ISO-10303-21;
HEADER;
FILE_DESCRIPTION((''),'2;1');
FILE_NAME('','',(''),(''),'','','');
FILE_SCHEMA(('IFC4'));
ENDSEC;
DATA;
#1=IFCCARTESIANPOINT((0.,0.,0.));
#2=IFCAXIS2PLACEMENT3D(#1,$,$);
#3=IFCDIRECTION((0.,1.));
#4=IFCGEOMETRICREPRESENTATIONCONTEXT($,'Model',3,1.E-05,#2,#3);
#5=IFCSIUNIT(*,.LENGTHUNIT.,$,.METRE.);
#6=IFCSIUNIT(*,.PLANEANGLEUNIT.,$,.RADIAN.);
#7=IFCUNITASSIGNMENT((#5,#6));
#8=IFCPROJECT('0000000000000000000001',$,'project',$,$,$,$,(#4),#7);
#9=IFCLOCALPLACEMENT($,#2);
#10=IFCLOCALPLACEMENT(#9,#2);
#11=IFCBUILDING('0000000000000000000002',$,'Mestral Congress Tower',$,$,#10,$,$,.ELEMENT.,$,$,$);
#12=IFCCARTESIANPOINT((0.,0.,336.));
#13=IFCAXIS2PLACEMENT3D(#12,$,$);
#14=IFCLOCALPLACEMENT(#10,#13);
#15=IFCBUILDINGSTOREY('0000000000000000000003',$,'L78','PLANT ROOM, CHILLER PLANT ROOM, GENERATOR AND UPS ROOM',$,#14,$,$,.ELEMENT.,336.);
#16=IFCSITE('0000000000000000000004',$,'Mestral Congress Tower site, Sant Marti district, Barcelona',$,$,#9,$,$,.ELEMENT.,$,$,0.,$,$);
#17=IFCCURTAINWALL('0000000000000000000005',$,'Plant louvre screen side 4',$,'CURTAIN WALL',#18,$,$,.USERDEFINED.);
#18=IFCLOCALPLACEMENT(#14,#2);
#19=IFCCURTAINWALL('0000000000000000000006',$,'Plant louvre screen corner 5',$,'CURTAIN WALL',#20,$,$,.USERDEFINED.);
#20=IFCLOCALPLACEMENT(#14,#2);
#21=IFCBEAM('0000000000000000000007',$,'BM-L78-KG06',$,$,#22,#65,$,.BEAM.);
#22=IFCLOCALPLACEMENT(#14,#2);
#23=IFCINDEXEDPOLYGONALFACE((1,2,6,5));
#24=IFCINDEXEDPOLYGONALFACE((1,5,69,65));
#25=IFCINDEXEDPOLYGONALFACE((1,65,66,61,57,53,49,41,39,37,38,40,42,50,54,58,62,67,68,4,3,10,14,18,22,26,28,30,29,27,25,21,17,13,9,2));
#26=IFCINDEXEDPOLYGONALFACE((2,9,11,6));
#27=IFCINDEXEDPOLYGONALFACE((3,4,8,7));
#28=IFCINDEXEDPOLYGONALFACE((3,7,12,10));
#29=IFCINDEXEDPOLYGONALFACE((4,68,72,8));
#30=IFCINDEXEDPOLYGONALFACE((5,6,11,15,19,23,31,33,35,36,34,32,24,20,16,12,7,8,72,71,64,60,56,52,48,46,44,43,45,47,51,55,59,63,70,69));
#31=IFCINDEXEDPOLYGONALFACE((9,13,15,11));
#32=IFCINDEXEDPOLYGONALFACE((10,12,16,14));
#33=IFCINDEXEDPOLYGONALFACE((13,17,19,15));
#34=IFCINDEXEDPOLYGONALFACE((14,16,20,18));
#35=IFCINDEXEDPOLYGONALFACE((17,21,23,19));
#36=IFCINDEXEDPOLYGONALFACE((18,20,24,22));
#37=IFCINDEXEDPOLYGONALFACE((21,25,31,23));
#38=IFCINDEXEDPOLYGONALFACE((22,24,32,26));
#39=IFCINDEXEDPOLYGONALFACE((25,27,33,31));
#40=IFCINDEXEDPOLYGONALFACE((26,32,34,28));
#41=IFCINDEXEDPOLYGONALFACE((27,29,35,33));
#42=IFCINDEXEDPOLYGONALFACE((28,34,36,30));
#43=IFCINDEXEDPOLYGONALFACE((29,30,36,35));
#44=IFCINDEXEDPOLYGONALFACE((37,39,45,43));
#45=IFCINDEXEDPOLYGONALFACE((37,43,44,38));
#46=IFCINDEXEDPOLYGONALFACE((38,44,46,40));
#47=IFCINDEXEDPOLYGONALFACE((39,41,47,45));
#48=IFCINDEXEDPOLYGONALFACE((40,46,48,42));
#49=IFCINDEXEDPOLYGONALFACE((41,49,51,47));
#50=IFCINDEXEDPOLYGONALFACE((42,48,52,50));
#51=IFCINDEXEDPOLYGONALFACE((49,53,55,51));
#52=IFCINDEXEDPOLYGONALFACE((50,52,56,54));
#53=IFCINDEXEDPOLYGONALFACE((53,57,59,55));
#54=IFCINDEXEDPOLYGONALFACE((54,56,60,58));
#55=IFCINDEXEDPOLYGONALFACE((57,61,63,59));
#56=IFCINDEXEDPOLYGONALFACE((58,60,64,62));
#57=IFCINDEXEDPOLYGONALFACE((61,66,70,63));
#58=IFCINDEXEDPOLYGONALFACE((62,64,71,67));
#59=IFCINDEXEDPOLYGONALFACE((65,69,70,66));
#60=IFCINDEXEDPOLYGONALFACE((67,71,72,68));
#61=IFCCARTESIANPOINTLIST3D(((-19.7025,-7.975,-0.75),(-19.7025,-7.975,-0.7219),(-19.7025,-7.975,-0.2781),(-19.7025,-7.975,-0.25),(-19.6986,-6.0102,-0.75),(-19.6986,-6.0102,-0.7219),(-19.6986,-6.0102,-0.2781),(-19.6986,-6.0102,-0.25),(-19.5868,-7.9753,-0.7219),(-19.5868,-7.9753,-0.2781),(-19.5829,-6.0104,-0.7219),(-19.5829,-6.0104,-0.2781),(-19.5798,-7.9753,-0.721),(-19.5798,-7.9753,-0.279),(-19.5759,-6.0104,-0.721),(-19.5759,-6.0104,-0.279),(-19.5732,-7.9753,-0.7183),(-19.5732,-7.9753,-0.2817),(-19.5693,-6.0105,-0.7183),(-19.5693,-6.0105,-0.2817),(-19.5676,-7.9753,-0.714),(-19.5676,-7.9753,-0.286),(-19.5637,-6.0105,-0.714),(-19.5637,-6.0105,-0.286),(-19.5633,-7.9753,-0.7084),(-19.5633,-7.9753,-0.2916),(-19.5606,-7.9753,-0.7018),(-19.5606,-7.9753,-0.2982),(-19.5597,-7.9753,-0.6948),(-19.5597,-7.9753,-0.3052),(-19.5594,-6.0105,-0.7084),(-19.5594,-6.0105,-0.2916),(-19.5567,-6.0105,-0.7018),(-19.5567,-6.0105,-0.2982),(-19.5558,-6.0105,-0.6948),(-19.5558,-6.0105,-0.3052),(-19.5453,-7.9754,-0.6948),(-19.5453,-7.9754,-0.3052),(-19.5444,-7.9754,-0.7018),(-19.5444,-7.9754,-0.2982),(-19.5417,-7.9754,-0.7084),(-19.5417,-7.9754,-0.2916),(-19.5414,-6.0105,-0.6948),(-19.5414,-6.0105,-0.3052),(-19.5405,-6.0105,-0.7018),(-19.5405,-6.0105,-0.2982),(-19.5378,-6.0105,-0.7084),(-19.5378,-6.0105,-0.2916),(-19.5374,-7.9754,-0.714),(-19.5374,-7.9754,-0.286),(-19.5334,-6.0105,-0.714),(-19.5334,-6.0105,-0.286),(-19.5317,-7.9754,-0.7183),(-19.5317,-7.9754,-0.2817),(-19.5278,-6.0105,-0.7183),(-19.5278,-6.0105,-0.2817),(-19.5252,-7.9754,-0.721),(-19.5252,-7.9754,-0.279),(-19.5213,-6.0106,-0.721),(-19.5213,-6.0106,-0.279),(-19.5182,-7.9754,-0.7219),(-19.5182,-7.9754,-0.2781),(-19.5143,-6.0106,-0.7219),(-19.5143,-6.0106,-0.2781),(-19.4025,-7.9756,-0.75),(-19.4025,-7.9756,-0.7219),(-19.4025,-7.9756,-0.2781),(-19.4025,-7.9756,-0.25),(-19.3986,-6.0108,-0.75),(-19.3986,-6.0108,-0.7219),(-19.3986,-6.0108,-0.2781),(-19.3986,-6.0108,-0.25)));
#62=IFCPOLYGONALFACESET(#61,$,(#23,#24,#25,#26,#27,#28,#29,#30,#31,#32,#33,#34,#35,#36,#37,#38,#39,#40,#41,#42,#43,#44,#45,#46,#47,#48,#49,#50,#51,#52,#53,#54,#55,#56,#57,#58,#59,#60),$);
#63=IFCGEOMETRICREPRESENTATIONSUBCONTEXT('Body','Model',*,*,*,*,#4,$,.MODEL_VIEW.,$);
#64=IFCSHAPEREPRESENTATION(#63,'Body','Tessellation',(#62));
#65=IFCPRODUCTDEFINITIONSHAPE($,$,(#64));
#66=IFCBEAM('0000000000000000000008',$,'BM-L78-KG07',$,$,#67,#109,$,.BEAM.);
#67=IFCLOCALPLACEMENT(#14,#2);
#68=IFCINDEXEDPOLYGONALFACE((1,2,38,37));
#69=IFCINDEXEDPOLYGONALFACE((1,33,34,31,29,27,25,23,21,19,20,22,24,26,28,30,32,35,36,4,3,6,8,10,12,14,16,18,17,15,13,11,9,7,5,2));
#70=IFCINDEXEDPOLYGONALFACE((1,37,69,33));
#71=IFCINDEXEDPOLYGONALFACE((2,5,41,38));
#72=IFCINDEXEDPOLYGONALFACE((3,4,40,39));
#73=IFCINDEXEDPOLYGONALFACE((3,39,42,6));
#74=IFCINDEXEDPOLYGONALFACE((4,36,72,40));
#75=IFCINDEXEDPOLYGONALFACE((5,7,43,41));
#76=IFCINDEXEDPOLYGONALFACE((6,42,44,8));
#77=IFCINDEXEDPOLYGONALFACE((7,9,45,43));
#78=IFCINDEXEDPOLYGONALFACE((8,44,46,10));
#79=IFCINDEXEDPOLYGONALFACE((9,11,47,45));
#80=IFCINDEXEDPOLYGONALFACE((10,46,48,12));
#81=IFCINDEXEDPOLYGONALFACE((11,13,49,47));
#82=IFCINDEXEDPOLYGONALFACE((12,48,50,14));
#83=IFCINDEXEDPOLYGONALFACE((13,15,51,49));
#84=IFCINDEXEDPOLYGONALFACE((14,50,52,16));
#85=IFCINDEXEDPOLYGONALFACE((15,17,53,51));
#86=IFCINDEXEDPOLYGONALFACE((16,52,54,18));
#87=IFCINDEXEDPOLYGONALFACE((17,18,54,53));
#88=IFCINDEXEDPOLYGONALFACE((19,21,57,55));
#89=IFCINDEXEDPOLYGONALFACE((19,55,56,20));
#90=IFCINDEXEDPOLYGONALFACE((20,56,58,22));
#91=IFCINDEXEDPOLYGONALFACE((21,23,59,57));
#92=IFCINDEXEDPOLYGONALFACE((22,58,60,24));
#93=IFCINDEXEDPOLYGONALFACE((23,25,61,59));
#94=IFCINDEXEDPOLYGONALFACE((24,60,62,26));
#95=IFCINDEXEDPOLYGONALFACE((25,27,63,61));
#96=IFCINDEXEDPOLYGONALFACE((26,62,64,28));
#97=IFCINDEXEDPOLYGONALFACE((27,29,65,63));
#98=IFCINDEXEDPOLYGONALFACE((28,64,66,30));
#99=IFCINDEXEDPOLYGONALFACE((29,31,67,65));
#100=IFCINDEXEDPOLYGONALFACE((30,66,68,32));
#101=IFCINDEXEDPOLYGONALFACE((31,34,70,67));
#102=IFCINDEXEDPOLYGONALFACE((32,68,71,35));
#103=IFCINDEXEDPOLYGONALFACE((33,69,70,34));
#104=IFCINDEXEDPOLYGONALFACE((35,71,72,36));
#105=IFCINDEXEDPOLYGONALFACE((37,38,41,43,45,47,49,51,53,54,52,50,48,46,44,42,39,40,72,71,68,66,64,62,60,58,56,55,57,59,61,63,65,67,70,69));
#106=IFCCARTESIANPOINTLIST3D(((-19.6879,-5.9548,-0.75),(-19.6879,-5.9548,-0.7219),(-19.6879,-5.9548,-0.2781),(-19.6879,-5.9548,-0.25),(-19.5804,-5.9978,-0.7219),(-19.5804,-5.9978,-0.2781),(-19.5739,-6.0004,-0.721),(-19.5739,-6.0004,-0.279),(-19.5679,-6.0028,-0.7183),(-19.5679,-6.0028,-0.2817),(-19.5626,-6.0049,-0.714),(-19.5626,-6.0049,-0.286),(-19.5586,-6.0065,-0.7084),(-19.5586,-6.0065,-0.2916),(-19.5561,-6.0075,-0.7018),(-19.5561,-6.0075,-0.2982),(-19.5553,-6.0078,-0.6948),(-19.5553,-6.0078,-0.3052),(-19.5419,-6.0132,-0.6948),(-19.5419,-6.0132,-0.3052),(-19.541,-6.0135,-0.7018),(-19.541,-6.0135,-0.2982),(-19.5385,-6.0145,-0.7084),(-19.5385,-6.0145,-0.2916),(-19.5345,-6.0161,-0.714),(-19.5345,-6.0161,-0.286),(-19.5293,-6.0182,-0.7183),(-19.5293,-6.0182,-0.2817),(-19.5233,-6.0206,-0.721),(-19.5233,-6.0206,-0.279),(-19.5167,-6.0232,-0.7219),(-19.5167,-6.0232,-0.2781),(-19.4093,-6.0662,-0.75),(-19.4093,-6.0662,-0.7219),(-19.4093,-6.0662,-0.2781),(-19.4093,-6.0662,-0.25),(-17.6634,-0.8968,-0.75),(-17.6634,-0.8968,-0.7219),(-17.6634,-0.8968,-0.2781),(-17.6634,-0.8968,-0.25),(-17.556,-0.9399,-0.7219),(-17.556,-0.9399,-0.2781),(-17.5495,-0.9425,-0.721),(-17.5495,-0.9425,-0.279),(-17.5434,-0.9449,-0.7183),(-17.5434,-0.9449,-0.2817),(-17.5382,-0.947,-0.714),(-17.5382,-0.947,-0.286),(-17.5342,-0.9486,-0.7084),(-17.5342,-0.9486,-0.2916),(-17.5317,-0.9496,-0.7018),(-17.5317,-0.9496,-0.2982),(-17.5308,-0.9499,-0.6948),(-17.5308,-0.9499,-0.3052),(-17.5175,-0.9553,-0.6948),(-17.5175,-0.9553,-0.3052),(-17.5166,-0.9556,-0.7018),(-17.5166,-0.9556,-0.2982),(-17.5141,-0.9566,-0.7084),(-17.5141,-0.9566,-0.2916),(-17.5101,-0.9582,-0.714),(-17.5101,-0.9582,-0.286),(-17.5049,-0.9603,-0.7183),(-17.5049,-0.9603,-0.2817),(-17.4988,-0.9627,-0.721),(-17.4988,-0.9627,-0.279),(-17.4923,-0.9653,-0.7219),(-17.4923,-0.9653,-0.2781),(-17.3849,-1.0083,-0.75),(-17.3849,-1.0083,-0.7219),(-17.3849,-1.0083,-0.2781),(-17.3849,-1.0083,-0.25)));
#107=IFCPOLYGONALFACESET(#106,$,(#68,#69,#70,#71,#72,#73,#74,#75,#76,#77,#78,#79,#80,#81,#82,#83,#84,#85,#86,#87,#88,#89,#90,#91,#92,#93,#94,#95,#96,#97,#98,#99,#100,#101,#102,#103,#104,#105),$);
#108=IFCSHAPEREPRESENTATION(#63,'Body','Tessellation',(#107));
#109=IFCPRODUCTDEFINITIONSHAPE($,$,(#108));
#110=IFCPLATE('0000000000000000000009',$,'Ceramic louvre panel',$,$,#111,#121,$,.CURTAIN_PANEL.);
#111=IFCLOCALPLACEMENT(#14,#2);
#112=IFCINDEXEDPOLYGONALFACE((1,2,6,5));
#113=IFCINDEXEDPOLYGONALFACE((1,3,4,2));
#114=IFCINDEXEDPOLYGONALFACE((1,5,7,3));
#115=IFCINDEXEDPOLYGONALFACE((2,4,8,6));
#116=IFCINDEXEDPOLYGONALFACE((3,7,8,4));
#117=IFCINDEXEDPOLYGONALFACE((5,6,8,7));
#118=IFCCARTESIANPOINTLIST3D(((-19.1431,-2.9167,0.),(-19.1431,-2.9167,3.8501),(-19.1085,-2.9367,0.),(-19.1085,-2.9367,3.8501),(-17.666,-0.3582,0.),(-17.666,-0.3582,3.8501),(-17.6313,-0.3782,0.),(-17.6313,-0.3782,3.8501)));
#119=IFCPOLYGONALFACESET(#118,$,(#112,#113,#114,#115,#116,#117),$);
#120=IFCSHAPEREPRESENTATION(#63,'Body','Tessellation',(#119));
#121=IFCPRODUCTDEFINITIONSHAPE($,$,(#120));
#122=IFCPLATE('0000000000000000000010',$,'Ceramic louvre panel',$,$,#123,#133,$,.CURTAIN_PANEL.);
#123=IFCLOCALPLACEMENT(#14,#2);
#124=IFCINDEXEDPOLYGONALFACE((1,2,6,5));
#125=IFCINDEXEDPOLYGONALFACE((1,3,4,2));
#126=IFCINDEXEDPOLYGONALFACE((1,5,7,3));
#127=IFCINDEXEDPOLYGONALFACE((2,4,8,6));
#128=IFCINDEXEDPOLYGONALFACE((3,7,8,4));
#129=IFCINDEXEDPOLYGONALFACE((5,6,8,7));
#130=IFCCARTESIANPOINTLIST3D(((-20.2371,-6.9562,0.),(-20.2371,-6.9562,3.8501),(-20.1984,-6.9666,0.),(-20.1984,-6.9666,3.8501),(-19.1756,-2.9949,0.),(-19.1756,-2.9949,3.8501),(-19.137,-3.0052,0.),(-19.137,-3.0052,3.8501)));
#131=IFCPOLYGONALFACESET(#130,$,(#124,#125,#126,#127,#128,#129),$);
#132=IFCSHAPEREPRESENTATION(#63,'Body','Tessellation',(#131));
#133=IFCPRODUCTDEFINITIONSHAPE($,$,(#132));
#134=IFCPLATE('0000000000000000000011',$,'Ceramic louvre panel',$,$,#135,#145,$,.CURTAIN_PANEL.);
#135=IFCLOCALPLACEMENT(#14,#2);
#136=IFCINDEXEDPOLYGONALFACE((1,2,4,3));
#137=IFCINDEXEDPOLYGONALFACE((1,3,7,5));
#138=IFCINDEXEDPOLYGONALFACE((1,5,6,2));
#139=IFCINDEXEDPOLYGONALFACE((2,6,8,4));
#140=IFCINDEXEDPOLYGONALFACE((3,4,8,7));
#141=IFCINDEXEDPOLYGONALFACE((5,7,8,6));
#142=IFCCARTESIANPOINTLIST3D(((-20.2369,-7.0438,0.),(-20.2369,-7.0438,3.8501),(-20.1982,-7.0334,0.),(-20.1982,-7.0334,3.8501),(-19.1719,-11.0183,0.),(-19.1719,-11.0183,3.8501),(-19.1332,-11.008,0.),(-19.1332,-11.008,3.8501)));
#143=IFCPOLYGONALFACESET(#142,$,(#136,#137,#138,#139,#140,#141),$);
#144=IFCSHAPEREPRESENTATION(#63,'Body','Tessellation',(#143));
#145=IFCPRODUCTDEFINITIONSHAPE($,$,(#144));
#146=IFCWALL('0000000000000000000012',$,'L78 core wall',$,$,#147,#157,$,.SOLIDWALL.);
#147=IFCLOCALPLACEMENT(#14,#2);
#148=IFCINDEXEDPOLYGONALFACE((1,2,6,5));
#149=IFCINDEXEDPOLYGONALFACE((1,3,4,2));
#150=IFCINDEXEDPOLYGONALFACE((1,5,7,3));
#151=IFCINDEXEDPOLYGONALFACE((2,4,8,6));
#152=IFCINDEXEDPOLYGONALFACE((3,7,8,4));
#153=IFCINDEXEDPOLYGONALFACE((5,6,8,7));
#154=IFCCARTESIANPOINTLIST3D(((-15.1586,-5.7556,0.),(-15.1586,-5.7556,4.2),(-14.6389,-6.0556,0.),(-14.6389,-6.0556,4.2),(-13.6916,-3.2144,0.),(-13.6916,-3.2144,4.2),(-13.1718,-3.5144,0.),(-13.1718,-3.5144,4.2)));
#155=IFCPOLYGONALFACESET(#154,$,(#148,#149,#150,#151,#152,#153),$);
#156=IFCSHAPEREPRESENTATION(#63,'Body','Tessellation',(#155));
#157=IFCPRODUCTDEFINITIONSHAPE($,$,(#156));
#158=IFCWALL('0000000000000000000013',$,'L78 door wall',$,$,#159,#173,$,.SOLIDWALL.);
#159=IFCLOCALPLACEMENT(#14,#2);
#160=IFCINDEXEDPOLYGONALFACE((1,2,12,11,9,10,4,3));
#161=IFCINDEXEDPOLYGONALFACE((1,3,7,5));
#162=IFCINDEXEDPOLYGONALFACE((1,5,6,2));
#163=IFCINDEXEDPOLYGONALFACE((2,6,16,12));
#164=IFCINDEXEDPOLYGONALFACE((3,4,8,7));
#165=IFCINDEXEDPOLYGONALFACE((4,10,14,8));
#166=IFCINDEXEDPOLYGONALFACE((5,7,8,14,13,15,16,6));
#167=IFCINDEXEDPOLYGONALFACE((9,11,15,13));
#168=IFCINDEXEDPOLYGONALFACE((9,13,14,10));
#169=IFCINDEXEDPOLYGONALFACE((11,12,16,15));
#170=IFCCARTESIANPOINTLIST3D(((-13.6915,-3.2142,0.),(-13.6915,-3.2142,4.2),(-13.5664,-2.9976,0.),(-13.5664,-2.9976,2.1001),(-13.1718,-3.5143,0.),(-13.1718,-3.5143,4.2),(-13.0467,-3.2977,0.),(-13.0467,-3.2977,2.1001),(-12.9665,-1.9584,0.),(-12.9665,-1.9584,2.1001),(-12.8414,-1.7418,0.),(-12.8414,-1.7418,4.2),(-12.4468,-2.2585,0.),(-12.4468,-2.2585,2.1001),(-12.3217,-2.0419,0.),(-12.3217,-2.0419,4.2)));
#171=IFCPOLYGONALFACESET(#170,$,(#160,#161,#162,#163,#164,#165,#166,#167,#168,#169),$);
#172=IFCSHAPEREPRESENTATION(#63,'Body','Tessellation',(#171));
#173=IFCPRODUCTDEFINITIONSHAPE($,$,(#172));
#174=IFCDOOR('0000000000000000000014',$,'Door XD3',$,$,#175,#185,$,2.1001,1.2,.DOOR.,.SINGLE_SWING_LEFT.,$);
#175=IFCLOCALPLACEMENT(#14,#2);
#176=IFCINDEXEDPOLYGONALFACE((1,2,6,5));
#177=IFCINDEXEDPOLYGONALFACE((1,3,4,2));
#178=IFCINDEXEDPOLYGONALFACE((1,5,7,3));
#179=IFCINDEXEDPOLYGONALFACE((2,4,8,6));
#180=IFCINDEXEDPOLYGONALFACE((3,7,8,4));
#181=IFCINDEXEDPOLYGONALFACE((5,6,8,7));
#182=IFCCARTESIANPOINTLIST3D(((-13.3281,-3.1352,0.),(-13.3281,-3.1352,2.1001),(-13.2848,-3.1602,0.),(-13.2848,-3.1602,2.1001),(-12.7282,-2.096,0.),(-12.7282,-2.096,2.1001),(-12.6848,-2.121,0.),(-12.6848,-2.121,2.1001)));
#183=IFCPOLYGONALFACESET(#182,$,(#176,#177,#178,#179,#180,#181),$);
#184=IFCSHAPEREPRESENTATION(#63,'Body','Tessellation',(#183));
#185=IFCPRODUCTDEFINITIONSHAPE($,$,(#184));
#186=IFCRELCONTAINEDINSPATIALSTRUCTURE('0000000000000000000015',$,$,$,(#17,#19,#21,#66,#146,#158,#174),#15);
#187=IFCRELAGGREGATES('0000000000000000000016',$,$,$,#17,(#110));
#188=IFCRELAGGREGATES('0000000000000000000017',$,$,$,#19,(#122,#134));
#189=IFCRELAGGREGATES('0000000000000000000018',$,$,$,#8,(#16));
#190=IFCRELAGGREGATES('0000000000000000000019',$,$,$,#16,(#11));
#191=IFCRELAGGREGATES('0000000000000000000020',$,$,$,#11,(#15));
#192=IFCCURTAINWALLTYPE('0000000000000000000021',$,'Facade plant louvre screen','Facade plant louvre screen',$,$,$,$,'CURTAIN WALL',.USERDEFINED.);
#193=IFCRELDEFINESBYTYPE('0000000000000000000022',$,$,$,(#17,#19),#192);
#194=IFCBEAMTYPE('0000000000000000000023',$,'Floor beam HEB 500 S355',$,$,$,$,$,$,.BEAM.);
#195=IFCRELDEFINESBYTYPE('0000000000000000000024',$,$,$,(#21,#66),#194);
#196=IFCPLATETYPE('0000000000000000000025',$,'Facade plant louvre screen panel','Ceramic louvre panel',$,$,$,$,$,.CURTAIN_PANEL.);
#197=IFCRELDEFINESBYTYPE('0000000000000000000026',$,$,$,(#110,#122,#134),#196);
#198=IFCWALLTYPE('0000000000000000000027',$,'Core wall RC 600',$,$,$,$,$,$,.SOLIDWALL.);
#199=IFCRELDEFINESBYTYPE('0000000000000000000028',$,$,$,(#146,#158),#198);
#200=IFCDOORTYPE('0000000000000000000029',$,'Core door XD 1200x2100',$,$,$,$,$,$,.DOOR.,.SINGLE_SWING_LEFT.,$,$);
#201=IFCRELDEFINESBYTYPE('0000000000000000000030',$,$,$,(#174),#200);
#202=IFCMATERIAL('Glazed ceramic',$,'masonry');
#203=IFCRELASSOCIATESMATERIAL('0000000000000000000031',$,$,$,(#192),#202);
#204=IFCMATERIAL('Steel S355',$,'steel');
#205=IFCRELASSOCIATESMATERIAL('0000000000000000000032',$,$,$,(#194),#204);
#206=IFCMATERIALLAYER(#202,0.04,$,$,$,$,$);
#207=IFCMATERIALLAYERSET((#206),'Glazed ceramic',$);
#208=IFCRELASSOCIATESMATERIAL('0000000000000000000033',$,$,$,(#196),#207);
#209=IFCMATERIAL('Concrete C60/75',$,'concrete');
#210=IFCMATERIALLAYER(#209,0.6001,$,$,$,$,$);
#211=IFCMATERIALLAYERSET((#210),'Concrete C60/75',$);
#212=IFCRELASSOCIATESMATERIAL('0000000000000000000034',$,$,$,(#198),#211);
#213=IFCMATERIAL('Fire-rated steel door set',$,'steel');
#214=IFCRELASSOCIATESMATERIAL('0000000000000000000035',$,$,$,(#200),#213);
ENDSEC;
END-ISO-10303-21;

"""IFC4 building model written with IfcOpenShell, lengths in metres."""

from ifc_helpers import new_model, si_unit, direction, frame, frame_2d, origin, origin_2d, place, context, subcontext, project, spatial, rectangle, i_section, extrude, material, layer, layer_set, material_profile, profile_set, type_object, element, fill, aggregate, save


model = new_model("IFC4")

# Units and contexts
model_context = context("Model", 3, precision=1e-05, world=origin(), true_north=direction((0.0, 1.0)))
body_context = subcontext(model_context, "Body", "Model", "MODEL_VIEW")
ifc_project = project(units=[si_unit("LENGTHUNIT", "METRE"), si_unit("PLANEANGLEUNIT", "RADIAN")], contexts=[model_context])

# Site, building, storey
site_placement = place(None, origin())
site = spatial("IfcSite", under=ifc_project, at=site_placement, Name="Mestral Congress Tower site, Sant Marti district, Barcelona", CompositionType="ELEMENT", RefElevation=0.0)
building_placement = place(site_placement, origin())
building = spatial("IfcBuilding", under=site, at=building_placement, Name="Mestral Congress Tower", CompositionType="ELEMENT")
storey_placement = place(building_placement, frame((0.0, 0.0, 336.0)))
storey = spatial("IfcBuildingStorey", under=building, at=storey_placement, Name="L78", Description="PLANT ROOM, CHILLER PLANT ROOM, GENERATOR AND UPS ROOM", CompositionType="ELEMENT", Elevation=336.0)

# Shared definitions
ifc_material_1 = material(Name="Steel S355", Category="steel")

# Curtain wall
ifc_material_2 = material(Name="Glazed ceramic", Category="masonry")
curtain_wall_type = type_object("IfcCurtainWallType", Name="Facade plant louvre screen", Description="Facade plant louvre screen", ElementType="CURTAIN WALL", PredefinedType="USERDEFINED", material=ifc_material_2)
placement = place(storey_placement, origin())
curtain_wall_1 = element("IfcCurtainWall", 1, at=placement, inside=storey, type_object=curtain_wall_type, Name="Plant louvre screen side 4", ObjectType="CURTAIN WALL", PredefinedType="USERDEFINED")

# Curtain wall
curtain_wall_2 = element("IfcCurtainWall", 2, at=placement, inside=storey, type_object=curtain_wall_type, Name="Plant louvre screen corner 5", ObjectType="CURTAIN WALL", PredefinedType="USERDEFINED")

# Beams
ifc_material_profile_1 = material_profile(ifc_material_1, i_section(OverallWidth=0.3, OverallDepth=0.5, WebThickness=0.0144, FlangeThickness=0.0281, FilletRadius=0.0271, at=origin_2d()), Name="HEB 500")
ifc_profile_set_1 = profile_set([ifc_material_profile_1], Name="Steel S355")
beam_type_1 = type_object("IfcBeamType", Name="Floor beam HEB 500 S355", PredefinedType="BEAM", material=ifc_profile_set_1)
beam_1_placement = place(storey_placement, frame((-19.5525, -7.9753, -0.5), z_axis=(0.001988, 0.999998, 0.0), x_axis=(-0.999998, 0.001988, 0.0)))
element("IfcBeam", 3, at=beam_1_placement, inside=storey, type_object=beam_type_1, Name="BM-L78-KG06", PredefinedType="BEAM", context=body_context, shape_type="SweptSolid", body=[
    extrude(i_section(OverallWidth=0.3, OverallDepth=0.5, WebThickness=0.0144, FlangeThickness=0.0281, FilletRadius=0.0271, at=origin_2d()), origin(), (0.0, 0.0, 1.0), 1.9648),
])
beam_2_placement = place(storey_placement, frame((-19.5486, -6.0105, -0.5), z_axis=(0.371592, 0.928396, 0.0), x_axis=(-0.928396, 0.371592, 0.0)))
element("IfcBeam", 4, at=beam_2_placement, inside=storey, type_object=beam_type_1, Name="BM-L78-KG07", PredefinedType="BEAM", context=body_context, shape_type="SweptSolid", body=[
    extrude(i_section(OverallWidth=0.3, OverallDepth=0.5, WebThickness=0.0144, FlangeThickness=0.0281, FilletRadius=0.0271, at=origin_2d()), origin(), (0.0, 0.0, 1.0), 5.448),
])

# Plates
ifc_layer_1 = layer(ifc_material_2, 0.04)
ifc_layer_set_1 = layer_set([ifc_layer_1], Name="Glazed ceramic")
plate_type = type_object("IfcPlateType", Name="Facade plant louvre screen panel", Description="Ceramic louvre panel", PredefinedType="CURTAIN_PANEL", material=ifc_layer_set_1)
plate_1_placement = place(storey_placement, frame((-18.3872, -1.6475, 0.0), z_axis=(0.0, 0.0, 1.0), x_axis=(-0.500002, -0.866025, 0.0)))
plate_1 = element("IfcPlate", 5, at=plate_1_placement, type_object=plate_type, Name="Ceramic louvre panel", PredefinedType="CURTAIN_PANEL", context=body_context, shape_type="SweptSolid", body=[
    extrude(rectangle(XDim=2.9543, YDim=0.04, at=origin_2d()), origin(), (0.0, 0.0, 1.0), 3.8501),
])
aggregate(curtain_wall_1, [plate_1])
plate_2_placement = place(storey_placement, frame((-19.687, -4.9807, 0.0), z_axis=(0.0, 0.0, 1.0), x_axis=(-0.258819, -0.965926, 0.0)))
plate_2 = element("IfcPlate", 6, at=plate_2_placement, type_object=plate_type, Name="Ceramic louvre panel", PredefinedType="CURTAIN_PANEL", context=body_context, shape_type="SweptSolid", body=[
    extrude(rectangle(XDim=4.1011, YDim=0.04, at=origin_2d()), origin(), (0.0, 0.0, 1.0), 3.8501),
])
plate_3_placement = place(storey_placement, frame((-19.6851, -9.0259, 0.0), z_axis=(0.0, 0.0, 1.0), x_axis=(0.258819, -0.965926, 0.0)))
plate_3 = element("IfcPlate", 7, at=plate_3_placement, type_object=plate_type, Name="Ceramic louvre panel", PredefinedType="CURTAIN_PANEL", context=body_context, shape_type="SweptSolid", body=[
    extrude(rectangle(XDim=4.1147, YDim=0.04, at=origin_2d()), origin(), (0.0, 0.0, 1.0), 3.8501),
])
aggregate(curtain_wall_2, [plate_2, plate_3])

# Wall
ifc_material_3 = material(Name="Concrete C60/75", Category="concrete")
ifc_layer_2 = layer(ifc_material_3, 0.6001)
ifc_layer_set_2 = layer_set([ifc_layer_2], Name="Concrete C60/75")
wall_type_1 = type_object("IfcWallType", Name="Core wall RC 600", PredefinedType="SOLIDWALL", material=ifc_layer_set_2)
wall_1_placement = place(storey_placement, frame((-13.4316, -3.3643, 0.0), z_axis=(0.0, 0.0, 1.0), x_axis=(-0.49996, -0.866048, 0.0)))
element("IfcWall", 8, at=wall_1_placement, inside=storey, type_object=wall_type_1, Name="L78 core wall", PredefinedType="SOLIDWALL", context=body_context, shape_type="SweptSolid", body=[
    extrude(rectangle(XDim=2.9343, YDim=0.6001, at=frame_2d((1.4673, 0.0))), origin(), (0.0, 0.0, 1.0), 4.2),
])

# Wall, opening, door
wall_2_placement = place(storey_placement, frame((-13.4316, -3.3643, 0.0), z_axis=(0.0, 0.0, 1.0), x_axis=(0.5, 0.866025, 0.0)))
wall_2 = element("IfcWall", 9, at=wall_2_placement, inside=storey, type_object=wall_type_1, Name="L78 door wall", PredefinedType="SOLIDWALL", context=body_context, shape_type="SweptSolid", body=[
    extrude(rectangle(XDim=1.7002, YDim=0.6001, at=frame_2d((0.8501, 0.0))), origin(), (0.0, 0.0, 1.0), 4.2),
])
opening_placement = place(wall_2_placement, frame((0.25, 0.0, 0.0)))
opening = element("IfcOpeningElement", 10, at=opening_placement, cuts=wall_2, PredefinedType="OPENING", context=body_context, shape_type="SweptSolid", body=[
    extrude(rectangle(XDim=1.2, YDim=2.1001, at=frame_2d((0.6001, 1.05))), frame((0.0, 0.3101, 0.0), z_axis=(0.0, -1.0, 0.0), x_axis=(1.0, 0.0, 0.0)), (0.0, 0.0, 1.0), 0.6201),
])
ifc_material_4 = material(Name="Fire-rated steel door set", Category="steel")
door_type = type_object("IfcDoorType", Name="Core door XD 1200x2100", OperationType="SINGLE_SWING_LEFT", PredefinedType="DOOR", material=ifc_material_4)
door_placement = place(opening_placement, origin())
door = element("IfcDoor", 11, at=door_placement, inside=storey, type_object=door_type, Name="Door XD3", OperationType="SINGLE_SWING_LEFT", OverallHeight=2.1001, OverallWidth=1.2, PredefinedType="DOOR", context=body_context, shape_type="SweptSolid", body=[
    extrude(rectangle(XDim=1.2, YDim=2.1001, at=frame_2d((0.6001, 1.05))), frame((0.0, 0.0249, 0.0), z_axis=(0.0, -1.0, 0.0), x_axis=(1.0, 0.0, 0.0)), (0.0, 0.0, 1.0), 0.05),
])
fill(opening, door)

save(model, "model.ifc")
